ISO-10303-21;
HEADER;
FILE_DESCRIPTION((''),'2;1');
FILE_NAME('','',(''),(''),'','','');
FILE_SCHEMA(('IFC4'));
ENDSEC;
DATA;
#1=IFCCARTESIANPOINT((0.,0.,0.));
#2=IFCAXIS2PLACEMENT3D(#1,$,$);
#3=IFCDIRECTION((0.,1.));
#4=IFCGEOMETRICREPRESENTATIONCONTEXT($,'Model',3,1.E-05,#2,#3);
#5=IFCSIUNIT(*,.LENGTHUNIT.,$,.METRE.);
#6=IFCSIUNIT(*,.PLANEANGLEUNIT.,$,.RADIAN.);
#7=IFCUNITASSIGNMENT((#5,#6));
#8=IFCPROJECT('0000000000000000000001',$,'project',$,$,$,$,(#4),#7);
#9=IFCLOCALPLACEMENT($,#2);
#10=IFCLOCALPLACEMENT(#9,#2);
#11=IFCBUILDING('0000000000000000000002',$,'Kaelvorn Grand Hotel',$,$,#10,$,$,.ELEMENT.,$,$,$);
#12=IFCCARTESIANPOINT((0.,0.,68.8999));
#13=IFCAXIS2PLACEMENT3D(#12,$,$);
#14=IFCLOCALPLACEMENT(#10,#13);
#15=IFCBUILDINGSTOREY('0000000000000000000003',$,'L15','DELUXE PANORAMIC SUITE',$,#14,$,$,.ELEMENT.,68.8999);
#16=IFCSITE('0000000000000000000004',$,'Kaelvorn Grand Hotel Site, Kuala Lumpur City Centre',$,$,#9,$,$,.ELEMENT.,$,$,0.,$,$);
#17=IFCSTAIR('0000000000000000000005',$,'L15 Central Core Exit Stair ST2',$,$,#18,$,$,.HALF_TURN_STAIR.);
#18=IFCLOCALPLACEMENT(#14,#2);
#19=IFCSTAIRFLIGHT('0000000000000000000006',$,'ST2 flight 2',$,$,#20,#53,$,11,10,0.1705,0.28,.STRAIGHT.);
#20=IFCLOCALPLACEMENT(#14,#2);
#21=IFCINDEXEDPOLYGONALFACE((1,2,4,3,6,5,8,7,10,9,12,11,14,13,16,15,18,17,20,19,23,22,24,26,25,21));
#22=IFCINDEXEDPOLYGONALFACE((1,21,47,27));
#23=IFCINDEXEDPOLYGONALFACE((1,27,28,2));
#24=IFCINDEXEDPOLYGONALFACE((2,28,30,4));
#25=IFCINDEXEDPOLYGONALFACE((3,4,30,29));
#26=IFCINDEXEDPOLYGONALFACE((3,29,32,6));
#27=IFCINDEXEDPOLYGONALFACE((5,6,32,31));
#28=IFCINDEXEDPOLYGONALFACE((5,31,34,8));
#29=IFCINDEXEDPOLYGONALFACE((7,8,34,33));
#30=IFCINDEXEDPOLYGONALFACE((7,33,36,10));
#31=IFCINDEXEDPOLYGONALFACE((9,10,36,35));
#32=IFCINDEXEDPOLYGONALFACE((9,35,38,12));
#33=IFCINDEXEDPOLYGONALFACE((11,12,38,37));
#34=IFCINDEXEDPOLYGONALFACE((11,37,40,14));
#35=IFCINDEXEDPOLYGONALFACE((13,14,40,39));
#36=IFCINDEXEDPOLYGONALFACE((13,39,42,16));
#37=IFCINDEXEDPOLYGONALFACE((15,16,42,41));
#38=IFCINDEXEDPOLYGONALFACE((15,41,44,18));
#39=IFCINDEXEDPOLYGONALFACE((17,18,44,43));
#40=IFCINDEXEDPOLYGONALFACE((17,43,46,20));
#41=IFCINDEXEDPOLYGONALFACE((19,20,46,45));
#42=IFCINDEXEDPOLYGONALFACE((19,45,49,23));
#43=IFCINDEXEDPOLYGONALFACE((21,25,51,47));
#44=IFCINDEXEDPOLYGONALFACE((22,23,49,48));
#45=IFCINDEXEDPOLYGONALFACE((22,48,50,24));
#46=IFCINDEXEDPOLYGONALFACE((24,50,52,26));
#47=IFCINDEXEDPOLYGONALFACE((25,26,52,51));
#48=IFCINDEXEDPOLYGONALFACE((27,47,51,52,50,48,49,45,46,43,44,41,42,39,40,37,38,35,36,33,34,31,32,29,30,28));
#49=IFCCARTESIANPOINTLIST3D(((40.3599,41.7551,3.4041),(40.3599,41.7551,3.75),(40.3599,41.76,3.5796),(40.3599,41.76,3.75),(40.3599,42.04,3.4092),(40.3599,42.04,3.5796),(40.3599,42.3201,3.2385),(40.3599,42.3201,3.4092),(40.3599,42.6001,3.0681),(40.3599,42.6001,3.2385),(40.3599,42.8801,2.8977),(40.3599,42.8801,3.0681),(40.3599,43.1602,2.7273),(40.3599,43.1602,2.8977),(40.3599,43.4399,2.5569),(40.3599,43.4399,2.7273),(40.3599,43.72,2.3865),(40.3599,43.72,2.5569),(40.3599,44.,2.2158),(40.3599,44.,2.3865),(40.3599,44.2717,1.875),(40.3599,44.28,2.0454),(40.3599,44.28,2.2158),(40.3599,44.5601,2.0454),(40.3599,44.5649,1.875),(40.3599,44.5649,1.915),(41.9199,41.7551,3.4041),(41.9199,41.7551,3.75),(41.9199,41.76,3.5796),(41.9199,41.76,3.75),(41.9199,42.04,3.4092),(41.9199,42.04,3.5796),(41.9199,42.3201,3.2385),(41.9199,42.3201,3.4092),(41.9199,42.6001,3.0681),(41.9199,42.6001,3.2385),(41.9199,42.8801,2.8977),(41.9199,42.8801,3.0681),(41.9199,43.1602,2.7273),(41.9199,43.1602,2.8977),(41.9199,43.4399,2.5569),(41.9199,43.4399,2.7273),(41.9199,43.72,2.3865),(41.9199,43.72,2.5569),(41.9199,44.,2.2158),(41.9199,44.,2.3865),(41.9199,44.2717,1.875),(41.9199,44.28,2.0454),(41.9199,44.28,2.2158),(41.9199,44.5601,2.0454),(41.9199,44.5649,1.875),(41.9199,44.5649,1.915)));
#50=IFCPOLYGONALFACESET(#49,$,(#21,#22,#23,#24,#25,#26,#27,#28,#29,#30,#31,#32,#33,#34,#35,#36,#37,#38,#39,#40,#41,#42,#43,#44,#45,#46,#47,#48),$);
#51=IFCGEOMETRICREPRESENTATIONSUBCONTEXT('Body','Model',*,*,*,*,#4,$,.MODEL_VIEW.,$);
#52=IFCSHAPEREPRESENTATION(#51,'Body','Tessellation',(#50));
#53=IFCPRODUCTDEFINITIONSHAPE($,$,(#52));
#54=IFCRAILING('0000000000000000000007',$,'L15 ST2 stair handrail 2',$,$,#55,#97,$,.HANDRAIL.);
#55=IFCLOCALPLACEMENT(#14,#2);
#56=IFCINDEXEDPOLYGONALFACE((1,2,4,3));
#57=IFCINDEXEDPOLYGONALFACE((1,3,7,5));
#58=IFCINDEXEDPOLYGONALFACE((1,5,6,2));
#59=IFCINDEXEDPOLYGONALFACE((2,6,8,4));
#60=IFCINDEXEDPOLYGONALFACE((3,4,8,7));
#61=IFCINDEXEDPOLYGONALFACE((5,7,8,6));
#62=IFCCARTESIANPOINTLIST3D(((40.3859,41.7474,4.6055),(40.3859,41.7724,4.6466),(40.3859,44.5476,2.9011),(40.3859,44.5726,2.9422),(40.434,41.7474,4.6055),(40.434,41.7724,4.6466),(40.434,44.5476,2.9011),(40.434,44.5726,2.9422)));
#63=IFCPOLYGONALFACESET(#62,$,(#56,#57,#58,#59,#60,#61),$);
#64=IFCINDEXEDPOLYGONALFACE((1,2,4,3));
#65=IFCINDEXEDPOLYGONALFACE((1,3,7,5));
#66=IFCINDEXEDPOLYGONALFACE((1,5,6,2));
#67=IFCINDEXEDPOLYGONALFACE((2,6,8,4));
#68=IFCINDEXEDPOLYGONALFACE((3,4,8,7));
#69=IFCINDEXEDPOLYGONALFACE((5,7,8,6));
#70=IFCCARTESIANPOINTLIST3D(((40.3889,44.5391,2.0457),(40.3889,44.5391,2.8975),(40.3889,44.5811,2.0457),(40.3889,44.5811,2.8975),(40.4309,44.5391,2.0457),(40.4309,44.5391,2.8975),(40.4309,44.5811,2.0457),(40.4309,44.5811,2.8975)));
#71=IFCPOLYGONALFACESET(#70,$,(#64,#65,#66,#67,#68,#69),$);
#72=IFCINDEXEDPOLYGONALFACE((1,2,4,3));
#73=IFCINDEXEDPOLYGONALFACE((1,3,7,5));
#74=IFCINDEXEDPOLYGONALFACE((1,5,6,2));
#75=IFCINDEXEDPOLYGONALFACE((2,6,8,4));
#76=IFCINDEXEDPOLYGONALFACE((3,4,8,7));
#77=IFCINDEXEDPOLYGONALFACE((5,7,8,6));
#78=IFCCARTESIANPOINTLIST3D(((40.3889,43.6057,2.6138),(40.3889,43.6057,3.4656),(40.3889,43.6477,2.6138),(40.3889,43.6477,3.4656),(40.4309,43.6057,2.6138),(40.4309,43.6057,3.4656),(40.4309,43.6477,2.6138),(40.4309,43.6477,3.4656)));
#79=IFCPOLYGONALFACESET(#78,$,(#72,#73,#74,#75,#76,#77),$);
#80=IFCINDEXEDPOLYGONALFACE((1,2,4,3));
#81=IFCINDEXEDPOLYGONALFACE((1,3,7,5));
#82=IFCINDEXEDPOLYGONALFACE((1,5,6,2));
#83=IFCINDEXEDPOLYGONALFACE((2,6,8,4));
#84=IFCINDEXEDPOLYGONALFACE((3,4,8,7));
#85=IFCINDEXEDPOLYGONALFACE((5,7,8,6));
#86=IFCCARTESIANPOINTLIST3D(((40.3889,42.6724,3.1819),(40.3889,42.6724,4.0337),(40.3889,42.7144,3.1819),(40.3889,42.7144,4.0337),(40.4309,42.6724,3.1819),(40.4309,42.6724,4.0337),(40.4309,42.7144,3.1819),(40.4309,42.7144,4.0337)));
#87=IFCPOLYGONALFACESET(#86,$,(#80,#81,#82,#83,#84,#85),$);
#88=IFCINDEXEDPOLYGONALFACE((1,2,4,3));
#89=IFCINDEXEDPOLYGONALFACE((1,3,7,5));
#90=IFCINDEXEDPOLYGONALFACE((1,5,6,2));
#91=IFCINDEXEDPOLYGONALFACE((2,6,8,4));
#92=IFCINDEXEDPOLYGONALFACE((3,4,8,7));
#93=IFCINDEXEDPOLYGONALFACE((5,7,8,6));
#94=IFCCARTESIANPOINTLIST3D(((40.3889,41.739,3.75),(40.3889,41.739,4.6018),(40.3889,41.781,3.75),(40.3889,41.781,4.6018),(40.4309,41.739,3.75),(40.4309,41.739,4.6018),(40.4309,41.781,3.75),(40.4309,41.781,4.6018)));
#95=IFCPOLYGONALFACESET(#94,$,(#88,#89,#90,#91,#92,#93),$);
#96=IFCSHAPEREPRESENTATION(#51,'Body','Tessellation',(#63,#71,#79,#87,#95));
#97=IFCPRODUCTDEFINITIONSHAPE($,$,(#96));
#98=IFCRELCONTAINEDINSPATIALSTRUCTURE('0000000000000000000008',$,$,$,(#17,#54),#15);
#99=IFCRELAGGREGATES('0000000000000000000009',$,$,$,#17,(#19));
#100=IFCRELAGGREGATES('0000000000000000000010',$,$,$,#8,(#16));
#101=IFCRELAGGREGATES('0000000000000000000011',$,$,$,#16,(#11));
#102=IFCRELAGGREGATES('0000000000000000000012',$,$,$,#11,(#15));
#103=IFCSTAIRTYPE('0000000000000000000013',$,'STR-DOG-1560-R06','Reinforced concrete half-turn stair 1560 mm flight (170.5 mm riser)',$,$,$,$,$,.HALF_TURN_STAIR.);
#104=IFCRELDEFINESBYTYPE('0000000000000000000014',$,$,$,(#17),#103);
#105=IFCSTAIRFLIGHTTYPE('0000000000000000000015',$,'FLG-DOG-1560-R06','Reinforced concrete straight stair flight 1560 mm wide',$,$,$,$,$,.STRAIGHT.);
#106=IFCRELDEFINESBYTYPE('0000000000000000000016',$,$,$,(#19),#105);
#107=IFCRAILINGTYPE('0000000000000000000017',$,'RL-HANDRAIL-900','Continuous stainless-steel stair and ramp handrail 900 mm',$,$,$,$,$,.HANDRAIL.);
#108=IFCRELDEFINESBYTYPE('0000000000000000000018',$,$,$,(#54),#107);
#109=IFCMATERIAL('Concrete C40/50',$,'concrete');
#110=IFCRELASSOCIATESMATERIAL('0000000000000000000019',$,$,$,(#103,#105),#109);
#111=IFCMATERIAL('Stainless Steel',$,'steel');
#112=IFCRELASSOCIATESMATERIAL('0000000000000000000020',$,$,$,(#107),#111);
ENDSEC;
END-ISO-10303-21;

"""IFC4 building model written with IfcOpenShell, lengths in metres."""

from ifc_helpers import new_model, si_unit, direction, frame, origin, origin_2d, place, context, subcontext, project, spatial, polyline, rectangle, outline, extrude, material, type_object, element, aggregate, save


model = new_model("IFC4")

# Units and contexts
model_context = context("Model", 3, precision=1e-05, world=origin(), true_north=direction((0.0, 1.0)))
body_context = subcontext(model_context, "Body", "Model", "MODEL_VIEW")
ifc_project = project(units=[si_unit("LENGTHUNIT", "METRE"), si_unit("PLANEANGLEUNIT", "RADIAN")], contexts=[model_context])

# Site, building, storey
site_placement = place(None, origin())
site = spatial("IfcSite", under=ifc_project, at=site_placement, Name="Kaelvorn Grand Hotel Site, Kuala Lumpur City Centre", CompositionType="ELEMENT", RefElevation=0.0)
building_placement = place(site_placement, origin())
building = spatial("IfcBuilding", under=site, at=building_placement, Name="Kaelvorn Grand Hotel", CompositionType="ELEMENT")
storey_placement = place(building_placement, frame((0.0, 0.0, 68.8999)))
storey = spatial("IfcBuildingStorey", under=building, at=storey_placement, Name="L15", Description="DELUXE PANORAMIC SUITE", CompositionType="ELEMENT", Elevation=68.8999)

# Shared definitions
ifc_material_1 = material(Name="Concrete C40/50", Category="concrete")

# Stair, stair flight
stair_type = type_object("IfcStairType", Name="STR-DOG-1560-R06", Description="Reinforced concrete half-turn stair 1560 mm flight (170.5 mm riser)", PredefinedType="HALF_TURN_STAIR", material=ifc_material_1)
stair_placement = place(storey_placement, origin())
stair = element("IfcStair", 1, at=stair_placement, inside=storey, type_object=stair_type, Name="L15 Central Core Exit Stair ST2", PredefinedType="HALF_TURN_STAIR")
stair_flight_type = type_object("IfcStairFlightType", Name="FLG-DOG-1560-R06", Description="Reinforced concrete straight stair flight 1560 mm wide", PredefinedType="STRAIGHT", material=ifc_material_1)
stair_flight_placement = place(storey_placement, frame((41.1399, 44.5601, 1.875), z_axis=(0.0, 0.0, 1.0), x_axis=(0.0, -1.0, 0.0)))
stair_flight = element("IfcStairFlight", 2, at=stair_flight_placement, type_object=stair_flight_type, Name="ST2 flight 2", NumberOfRisers=11, NumberOfTreads=10, PredefinedType="STRAIGHT", RiserHeight=0.1705, TreadLength=0.28, context=body_context, shape_type="SweptSolid", body=[
    extrude(outline(polyline([(-0.0049, 0.0), (-0.0049, 0.04), (0.0, 0.1704), (0.28, 0.1704), (0.28, 0.3408), (0.5601, 0.3408), (0.5601, 0.5115), (0.8401, 0.5115), (0.8401, 0.6819), (1.1201, 0.6819), (1.1201, 0.8523), (1.3999, 0.8523), (1.3999, 1.0227), (1.6799, 1.0227), (1.6799, 1.1931), (1.96, 1.1931), (1.96, 1.3635), (2.24, 1.3635), (2.24, 1.5342), (2.52, 1.5342), (2.52, 1.7046), (2.8, 1.7046), (2.8, 1.875), (2.8049, 1.875), (2.8049, 1.5291), (0.2883, 0.0), (-0.0049, 0.0)])), frame((0.0, 0.78, 0.0), z_axis=(0.0, -1.0, 0.0), x_axis=(1.0, 0.0, 0.0)), (0.0, 0.0, 1.0), 1.5601),
])
aggregate(stair, [stair_flight])

# Railing
ifc_material_2 = material(Name="Stainless Steel", Category="steel")
railing_type = type_object("IfcRailingType", Name="RL-HANDRAIL-900", Description="Continuous stainless-steel stair and ramp handrail 900 mm", PredefinedType="HANDRAIL", material=ifc_material_2)
railing_placement = place(storey_placement, frame((40.4099, 44.5601, 2.0457)))
element("IfcRailing", 3, at=railing_placement, inside=storey, type_object=railing_type, Name="L15 ST2 stair handrail 2", PredefinedType="HANDRAIL", context=body_context, shape_type="SweptSolid", body=[
    extrude(rectangle(XDim=0.0481, YDim=0.0481, at=origin_2d()), frame((0.0, 0.0, 0.876), z_axis=(0.0, -0.854203, 0.51994), x_axis=(1.0, 0.0, 0.0)), (0.0, 0.0, 1.0), 3.2781),
    extrude(rectangle(XDim=0.042, YDim=0.042, at=origin_2d()), origin(), (0.0, 0.0, 1.0), 0.8518),
    extrude(rectangle(XDim=0.042, YDim=0.042, at=origin_2d()), frame((0.0, -0.9333, 0.5681)), (0.0, 0.0, 1.0), 0.8518),
    extrude(rectangle(XDim=0.042, YDim=0.042, at=origin_2d()), frame((0.0, -1.8667, 1.1362)), (0.0, 0.0, 1.0), 0.8518),
    extrude(rectangle(XDim=0.042, YDim=0.042, at=origin_2d()), frame((0.0, -2.8, 1.7043)), (0.0, 0.0, 1.0), 0.8518),
])

save(model, "model.ifc")
